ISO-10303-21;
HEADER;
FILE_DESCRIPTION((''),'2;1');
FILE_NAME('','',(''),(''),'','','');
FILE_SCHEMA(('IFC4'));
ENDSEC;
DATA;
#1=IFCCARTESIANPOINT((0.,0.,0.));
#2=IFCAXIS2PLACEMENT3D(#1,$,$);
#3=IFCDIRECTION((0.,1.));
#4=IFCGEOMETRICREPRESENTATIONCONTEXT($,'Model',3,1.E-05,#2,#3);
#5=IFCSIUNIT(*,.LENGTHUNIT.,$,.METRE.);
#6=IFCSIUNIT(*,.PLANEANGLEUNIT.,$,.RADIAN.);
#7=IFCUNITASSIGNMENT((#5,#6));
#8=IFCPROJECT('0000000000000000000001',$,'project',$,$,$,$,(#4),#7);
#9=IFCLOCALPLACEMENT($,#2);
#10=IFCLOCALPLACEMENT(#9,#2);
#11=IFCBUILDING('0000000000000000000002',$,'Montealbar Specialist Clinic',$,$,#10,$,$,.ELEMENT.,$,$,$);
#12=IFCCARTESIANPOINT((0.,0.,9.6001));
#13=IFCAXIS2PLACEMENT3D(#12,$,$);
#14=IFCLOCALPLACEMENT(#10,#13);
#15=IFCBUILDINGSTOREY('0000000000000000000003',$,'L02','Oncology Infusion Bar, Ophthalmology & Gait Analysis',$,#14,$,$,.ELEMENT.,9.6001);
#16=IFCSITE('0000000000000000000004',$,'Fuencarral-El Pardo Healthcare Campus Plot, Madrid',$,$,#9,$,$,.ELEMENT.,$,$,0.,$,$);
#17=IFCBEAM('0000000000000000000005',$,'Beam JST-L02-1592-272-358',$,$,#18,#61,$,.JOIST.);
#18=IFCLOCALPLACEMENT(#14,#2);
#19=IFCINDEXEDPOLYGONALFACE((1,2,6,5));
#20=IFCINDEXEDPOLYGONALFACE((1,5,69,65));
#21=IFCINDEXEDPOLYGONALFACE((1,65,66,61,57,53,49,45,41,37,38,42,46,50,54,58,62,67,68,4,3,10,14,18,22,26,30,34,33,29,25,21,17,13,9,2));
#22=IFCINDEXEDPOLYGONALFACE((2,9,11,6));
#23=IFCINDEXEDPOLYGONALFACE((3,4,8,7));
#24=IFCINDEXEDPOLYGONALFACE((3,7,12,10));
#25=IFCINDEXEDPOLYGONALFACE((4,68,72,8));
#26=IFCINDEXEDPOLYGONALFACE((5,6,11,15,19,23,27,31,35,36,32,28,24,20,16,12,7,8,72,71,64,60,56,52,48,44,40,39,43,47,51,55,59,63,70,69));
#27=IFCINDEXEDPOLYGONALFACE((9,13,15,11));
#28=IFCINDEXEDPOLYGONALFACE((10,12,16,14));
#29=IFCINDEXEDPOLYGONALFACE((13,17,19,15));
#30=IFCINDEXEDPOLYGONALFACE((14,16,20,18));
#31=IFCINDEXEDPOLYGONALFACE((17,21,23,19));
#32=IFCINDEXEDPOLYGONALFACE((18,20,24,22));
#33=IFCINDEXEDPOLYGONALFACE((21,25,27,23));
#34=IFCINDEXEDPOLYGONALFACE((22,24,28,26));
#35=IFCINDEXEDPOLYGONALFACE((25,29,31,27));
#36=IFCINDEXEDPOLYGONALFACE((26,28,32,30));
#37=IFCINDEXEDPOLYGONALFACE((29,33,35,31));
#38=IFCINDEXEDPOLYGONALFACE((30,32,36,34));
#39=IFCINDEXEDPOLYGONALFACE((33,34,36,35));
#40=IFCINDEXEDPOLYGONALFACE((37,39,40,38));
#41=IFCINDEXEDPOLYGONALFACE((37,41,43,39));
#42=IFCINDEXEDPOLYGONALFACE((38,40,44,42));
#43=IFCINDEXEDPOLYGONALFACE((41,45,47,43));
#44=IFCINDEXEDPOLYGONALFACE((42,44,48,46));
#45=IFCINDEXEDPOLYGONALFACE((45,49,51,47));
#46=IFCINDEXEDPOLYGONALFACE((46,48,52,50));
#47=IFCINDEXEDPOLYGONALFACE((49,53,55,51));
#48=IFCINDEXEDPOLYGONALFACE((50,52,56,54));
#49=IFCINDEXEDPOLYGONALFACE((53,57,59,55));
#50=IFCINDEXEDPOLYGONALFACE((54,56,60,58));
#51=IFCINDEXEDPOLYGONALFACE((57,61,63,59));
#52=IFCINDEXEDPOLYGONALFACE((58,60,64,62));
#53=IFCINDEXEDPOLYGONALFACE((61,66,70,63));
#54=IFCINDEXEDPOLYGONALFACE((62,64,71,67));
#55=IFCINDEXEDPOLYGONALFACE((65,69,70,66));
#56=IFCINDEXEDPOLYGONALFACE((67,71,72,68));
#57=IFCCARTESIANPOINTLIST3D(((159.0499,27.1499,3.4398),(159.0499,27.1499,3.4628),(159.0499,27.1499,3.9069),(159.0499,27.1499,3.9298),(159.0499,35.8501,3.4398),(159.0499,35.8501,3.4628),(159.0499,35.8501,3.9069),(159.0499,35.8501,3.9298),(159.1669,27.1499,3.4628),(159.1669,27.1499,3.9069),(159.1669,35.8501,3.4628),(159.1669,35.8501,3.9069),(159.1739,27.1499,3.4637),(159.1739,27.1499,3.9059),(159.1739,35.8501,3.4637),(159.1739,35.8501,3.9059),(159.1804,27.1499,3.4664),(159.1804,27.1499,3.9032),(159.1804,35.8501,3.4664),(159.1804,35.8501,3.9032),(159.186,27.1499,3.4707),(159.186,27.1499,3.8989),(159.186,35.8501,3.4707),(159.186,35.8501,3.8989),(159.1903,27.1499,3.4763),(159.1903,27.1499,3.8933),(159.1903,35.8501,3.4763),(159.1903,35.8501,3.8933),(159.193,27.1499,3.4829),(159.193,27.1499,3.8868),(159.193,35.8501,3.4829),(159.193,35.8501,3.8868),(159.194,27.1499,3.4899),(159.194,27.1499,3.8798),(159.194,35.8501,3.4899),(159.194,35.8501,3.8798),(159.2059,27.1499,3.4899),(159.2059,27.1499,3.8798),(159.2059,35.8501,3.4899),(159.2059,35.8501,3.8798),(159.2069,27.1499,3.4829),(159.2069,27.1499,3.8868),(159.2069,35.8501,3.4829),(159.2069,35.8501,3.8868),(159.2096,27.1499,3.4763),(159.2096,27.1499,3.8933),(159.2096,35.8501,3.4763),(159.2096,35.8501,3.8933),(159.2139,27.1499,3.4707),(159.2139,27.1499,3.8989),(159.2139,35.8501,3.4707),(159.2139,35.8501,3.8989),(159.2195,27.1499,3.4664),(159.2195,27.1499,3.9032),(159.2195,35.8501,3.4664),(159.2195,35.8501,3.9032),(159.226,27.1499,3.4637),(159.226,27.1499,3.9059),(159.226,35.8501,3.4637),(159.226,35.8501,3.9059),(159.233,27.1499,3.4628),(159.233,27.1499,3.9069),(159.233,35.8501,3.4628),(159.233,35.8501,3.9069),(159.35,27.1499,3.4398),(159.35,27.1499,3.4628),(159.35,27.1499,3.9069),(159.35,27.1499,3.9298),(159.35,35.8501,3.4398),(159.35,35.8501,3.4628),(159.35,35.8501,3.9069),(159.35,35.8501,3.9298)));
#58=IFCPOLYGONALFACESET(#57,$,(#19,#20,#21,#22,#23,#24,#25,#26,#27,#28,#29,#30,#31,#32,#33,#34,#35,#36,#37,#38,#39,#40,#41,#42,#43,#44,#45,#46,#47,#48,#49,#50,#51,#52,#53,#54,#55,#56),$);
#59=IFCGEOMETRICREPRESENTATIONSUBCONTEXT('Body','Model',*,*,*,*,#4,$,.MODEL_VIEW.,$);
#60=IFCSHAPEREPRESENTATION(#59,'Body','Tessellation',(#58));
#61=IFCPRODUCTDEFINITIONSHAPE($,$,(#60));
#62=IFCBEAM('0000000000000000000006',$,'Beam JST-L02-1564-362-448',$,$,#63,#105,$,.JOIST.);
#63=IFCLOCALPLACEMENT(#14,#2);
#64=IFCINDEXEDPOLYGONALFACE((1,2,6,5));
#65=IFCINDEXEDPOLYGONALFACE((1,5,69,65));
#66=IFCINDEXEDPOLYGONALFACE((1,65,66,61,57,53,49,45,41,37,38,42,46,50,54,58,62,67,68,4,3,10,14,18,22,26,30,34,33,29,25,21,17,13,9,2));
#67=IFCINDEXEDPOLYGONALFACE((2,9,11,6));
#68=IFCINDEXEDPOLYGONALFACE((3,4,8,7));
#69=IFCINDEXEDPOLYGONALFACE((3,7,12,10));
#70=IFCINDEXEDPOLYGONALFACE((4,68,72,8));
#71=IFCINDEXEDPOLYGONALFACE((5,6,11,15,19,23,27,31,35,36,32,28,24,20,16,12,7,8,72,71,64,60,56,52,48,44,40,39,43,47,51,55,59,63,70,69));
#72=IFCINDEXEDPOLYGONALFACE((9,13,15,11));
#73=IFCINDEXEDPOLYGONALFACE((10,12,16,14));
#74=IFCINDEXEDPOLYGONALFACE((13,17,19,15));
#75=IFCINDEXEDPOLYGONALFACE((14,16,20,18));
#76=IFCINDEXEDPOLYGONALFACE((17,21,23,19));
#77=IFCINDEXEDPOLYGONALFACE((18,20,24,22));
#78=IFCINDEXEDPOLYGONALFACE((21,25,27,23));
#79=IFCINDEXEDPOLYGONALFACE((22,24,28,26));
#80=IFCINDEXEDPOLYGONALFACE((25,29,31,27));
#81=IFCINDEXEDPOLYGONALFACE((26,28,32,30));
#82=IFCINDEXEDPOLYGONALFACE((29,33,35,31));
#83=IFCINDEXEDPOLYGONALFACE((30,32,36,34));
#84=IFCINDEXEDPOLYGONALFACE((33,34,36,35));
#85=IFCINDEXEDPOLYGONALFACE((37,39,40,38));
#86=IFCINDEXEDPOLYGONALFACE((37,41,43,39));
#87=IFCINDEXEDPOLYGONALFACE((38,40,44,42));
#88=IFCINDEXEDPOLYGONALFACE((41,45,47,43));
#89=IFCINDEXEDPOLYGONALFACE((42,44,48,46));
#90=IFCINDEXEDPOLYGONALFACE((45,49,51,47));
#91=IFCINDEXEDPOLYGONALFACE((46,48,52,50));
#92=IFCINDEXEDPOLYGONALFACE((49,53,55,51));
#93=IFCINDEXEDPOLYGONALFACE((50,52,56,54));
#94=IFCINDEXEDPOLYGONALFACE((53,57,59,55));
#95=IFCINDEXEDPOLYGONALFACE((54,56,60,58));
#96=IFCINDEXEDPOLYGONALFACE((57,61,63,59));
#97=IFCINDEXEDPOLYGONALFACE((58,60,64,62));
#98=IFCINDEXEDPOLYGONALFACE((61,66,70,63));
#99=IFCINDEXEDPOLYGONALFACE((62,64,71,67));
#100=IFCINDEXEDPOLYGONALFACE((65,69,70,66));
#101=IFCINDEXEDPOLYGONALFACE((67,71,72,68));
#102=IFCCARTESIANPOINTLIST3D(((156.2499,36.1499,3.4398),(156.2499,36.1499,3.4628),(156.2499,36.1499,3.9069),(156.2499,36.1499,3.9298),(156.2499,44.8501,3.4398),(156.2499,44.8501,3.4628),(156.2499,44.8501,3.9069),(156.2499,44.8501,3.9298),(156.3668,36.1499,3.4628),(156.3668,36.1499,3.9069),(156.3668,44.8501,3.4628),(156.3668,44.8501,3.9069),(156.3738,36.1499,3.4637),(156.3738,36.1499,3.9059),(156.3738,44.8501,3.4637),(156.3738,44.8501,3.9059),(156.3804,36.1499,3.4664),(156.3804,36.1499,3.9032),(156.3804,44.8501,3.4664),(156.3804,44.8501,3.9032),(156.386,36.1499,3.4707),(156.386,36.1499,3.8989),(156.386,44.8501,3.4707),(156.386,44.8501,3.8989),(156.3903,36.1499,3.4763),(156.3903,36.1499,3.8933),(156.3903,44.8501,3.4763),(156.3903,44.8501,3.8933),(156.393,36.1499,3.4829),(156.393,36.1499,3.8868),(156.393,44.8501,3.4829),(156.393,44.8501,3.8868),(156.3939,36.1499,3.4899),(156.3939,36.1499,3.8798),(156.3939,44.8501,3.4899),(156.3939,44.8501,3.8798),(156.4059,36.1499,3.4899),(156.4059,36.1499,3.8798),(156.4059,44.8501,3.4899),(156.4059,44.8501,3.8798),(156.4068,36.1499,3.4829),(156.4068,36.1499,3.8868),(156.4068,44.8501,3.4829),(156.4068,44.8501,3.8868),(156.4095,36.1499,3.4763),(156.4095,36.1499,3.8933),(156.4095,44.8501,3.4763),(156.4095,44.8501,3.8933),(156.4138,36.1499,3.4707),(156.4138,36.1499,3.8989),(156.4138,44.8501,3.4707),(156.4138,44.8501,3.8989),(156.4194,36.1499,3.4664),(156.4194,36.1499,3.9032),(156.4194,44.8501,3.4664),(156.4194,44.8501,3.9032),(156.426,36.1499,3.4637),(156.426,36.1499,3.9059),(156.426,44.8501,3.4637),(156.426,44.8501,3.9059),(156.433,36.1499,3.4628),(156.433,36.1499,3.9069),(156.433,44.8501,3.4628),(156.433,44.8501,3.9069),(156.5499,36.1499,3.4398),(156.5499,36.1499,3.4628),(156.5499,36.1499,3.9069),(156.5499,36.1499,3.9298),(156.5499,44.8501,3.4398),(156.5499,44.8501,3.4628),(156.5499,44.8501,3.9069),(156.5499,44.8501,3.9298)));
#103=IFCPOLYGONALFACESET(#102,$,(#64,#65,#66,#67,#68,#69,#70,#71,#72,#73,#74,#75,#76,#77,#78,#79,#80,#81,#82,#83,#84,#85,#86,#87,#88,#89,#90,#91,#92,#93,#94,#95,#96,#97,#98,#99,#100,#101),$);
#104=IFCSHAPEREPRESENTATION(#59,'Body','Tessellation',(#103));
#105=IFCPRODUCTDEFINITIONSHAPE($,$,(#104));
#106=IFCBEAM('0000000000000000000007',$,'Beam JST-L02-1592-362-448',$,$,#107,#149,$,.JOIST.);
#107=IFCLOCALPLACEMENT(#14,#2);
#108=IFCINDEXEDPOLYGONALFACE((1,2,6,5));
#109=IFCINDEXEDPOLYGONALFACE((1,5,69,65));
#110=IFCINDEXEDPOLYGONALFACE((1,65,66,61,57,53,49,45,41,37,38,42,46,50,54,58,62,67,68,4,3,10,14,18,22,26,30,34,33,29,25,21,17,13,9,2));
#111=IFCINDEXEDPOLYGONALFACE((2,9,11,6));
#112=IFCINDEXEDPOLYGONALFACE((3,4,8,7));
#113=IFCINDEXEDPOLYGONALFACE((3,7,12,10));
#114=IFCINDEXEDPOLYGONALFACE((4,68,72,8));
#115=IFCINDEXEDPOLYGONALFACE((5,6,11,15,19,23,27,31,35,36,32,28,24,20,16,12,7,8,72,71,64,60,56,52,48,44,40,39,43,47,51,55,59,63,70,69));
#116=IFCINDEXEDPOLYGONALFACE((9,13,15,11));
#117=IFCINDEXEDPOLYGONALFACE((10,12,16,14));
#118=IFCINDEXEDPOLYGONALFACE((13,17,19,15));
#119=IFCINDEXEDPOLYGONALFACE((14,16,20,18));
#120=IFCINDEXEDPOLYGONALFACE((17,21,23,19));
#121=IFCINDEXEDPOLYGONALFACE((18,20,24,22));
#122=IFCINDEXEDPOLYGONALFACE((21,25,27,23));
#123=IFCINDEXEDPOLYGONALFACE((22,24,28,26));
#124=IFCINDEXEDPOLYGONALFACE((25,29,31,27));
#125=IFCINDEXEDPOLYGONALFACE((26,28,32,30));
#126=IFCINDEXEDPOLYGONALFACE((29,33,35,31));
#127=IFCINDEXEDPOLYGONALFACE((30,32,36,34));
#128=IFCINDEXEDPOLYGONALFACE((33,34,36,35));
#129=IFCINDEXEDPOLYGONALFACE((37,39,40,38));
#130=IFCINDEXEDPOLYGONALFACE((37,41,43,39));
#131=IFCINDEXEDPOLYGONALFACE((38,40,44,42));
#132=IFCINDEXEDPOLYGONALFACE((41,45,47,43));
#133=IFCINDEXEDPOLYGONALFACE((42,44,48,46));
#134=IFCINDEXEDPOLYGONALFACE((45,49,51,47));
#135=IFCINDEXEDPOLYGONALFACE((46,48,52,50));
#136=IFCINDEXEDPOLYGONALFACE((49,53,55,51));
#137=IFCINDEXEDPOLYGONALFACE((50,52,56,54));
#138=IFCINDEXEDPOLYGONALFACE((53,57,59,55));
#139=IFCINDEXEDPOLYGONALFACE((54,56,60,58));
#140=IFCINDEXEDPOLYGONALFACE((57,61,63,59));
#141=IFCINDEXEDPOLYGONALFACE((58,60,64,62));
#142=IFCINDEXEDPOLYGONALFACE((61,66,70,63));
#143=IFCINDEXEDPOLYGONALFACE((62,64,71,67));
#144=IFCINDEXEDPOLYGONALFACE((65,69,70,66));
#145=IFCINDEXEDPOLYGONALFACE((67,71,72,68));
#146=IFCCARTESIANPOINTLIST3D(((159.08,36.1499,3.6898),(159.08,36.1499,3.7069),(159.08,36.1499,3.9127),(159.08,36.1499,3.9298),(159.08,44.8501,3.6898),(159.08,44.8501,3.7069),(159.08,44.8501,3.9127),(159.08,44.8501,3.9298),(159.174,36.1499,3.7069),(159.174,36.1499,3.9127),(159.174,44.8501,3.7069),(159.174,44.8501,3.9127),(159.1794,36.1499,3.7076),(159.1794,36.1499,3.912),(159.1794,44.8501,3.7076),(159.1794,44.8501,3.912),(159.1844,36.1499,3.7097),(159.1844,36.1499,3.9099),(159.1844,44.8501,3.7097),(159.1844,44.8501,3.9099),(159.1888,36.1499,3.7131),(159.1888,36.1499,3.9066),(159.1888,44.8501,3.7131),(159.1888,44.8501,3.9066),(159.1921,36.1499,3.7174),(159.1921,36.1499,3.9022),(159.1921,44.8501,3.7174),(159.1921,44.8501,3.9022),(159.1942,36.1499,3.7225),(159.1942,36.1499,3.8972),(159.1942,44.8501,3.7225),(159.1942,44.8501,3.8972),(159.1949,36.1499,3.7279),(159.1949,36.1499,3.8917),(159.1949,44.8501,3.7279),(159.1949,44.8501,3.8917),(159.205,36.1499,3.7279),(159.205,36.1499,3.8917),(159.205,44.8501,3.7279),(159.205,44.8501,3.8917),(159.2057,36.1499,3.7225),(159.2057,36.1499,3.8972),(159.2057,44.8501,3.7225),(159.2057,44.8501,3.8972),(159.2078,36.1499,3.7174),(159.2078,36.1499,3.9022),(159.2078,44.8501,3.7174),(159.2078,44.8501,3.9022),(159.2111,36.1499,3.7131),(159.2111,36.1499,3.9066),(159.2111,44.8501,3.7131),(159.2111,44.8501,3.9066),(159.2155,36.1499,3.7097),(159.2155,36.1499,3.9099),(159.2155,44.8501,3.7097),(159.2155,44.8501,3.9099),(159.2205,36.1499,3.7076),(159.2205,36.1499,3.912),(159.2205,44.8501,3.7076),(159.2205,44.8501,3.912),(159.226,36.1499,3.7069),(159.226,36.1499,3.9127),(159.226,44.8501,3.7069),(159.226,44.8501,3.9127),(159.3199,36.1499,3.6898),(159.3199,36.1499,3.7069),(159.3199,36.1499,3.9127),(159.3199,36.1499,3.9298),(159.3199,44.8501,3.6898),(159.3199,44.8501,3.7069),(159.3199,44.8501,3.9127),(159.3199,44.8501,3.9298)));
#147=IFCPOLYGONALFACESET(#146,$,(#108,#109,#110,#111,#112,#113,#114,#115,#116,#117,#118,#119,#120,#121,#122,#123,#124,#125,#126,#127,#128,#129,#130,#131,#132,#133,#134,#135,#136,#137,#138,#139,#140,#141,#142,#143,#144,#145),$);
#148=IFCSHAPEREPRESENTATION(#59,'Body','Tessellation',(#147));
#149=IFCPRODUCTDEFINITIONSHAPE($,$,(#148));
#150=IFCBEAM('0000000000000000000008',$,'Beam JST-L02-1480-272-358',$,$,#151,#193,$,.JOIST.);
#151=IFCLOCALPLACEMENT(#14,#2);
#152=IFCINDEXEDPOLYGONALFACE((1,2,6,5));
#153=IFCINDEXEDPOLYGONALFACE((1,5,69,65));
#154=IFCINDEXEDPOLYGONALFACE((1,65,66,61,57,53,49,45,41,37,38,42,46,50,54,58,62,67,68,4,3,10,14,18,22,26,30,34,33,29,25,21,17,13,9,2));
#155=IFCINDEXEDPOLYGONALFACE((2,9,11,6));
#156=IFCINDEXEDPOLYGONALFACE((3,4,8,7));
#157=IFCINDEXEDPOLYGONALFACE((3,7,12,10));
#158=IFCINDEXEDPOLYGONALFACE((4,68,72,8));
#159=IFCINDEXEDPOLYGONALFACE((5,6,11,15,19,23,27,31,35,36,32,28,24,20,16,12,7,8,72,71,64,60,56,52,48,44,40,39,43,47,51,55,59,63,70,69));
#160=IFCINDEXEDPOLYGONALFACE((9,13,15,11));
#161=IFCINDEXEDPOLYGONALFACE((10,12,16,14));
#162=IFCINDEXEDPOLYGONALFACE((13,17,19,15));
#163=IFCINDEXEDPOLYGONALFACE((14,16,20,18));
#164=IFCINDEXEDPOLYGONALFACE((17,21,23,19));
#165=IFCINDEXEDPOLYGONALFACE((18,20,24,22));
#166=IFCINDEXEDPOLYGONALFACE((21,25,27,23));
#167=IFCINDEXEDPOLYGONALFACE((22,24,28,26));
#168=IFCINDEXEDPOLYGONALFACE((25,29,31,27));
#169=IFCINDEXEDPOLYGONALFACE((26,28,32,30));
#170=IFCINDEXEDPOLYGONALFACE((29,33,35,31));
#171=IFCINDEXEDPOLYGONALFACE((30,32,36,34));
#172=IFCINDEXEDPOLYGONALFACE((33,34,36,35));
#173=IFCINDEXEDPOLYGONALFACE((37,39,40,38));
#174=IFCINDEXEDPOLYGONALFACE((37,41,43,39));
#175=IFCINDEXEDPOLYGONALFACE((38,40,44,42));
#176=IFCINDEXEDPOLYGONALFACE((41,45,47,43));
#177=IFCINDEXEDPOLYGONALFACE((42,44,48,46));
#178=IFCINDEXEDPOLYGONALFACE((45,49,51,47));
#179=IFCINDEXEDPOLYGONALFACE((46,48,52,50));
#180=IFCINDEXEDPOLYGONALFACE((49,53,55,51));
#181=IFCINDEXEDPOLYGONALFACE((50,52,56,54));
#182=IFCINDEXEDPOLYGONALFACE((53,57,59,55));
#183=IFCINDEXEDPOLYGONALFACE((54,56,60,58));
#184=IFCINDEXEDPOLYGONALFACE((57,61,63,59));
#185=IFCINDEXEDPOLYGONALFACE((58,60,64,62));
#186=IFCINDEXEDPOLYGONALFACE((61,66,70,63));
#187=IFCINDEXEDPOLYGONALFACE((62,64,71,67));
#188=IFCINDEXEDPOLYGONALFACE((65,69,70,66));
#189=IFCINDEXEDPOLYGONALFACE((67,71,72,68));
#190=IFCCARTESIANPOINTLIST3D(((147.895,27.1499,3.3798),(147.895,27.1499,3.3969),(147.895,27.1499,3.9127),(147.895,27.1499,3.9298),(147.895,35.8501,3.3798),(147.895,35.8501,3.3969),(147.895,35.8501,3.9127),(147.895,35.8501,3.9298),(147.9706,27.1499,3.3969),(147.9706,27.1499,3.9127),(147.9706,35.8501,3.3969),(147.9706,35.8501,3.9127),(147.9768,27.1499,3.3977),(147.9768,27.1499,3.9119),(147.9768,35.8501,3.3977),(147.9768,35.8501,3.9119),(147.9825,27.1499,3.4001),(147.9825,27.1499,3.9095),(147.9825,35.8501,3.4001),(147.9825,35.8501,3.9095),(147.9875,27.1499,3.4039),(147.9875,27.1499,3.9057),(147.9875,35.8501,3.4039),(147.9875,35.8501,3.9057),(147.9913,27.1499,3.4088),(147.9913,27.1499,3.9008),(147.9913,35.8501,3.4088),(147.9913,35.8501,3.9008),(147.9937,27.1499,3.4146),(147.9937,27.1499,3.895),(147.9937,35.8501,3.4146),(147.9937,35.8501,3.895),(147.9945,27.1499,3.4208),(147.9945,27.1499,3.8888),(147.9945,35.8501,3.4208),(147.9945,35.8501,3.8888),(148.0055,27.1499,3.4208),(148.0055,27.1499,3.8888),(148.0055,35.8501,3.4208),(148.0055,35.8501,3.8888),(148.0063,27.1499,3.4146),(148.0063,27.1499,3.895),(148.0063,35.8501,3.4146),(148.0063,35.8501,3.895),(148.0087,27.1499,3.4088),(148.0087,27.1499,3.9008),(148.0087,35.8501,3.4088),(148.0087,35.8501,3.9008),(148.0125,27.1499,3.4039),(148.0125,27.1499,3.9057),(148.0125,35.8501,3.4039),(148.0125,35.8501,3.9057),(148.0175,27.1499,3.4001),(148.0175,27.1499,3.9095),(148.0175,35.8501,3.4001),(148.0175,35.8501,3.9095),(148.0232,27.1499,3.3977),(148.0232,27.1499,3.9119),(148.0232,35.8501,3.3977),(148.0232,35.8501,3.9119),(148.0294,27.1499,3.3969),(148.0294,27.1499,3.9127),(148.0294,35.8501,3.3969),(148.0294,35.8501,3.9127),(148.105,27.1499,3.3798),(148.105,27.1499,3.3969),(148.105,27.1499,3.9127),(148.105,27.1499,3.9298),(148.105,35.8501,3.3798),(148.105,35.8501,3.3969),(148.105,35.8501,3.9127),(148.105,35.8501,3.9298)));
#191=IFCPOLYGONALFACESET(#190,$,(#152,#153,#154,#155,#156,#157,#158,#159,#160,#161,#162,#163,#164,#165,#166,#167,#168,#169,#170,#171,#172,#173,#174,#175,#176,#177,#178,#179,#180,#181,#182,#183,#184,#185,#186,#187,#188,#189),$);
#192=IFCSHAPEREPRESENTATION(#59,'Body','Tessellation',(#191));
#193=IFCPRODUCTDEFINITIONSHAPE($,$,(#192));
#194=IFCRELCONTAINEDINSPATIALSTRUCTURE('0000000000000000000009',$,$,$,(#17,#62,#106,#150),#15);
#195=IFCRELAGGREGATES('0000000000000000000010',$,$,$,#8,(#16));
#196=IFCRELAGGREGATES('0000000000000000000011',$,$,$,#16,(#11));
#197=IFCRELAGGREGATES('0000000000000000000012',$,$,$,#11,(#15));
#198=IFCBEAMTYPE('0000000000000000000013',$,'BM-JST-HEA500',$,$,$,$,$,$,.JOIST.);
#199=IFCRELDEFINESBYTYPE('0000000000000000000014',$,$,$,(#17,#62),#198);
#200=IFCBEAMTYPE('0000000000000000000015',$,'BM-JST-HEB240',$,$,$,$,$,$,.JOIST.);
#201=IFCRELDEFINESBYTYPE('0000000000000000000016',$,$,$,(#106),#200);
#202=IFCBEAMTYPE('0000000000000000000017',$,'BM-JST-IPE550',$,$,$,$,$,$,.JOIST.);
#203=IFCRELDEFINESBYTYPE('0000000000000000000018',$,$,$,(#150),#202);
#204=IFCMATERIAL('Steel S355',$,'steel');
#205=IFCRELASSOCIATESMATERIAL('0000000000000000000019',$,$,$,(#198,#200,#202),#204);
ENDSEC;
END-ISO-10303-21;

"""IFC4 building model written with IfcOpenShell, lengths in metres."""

from ifc_helpers import new_model, si_unit, direction, frame, origin, origin_2d, place, context, subcontext, project, spatial, i_section, extrude, material, material_profile, profile_set, type_object, element, save


model = new_model("IFC4")

# Units and contexts
model_context = context("Model", 3, precision=1e-05, world=origin(), true_north=direction((0.0, 1.0)))
body_context = subcontext(model_context, "Body", "Model", "MODEL_VIEW")
ifc_project = project(units=[si_unit("LENGTHUNIT", "METRE"), si_unit("PLANEANGLEUNIT", "RADIAN")], contexts=[model_context])

# Site, building, storey
site_placement = place(None, origin())
site = spatial("IfcSite", under=ifc_project, at=site_placement, Name="Fuencarral-El Pardo Healthcare Campus Plot, Madrid", CompositionType="ELEMENT", RefElevation=0.0)
building_placement = place(site_placement, origin())
building = spatial("IfcBuilding", under=site, at=building_placement, Name="Montealbar Specialist Clinic", CompositionType="ELEMENT")
storey_placement = place(building_placement, frame((0.0, 0.0, 9.6001)))
storey = spatial("IfcBuildingStorey", under=building, at=storey_placement, Name="L02", Description="Oncology Infusion Bar, Ophthalmology & Gait Analysis", CompositionType="ELEMENT", Elevation=9.6001)

# Shared definitions
ifc_material_1 = material(Name="Steel S355", Category="steel")

# Beams
ifc_material_profile_1 = material_profile(ifc_material_1, i_section(OverallWidth=0.3, OverallDepth=0.49, WebThickness=0.012, FlangeThickness=0.0229, FilletRadius=0.0271, at=origin_2d()), Name="HEA 500", Category="steel")
ifc_profile_set_1 = profile_set([ifc_material_profile_1], Name="Steel S355")
beam_type_1 = type_object("IfcBeamType", Name="BM-JST-HEA500", PredefinedType="JOIST", material=ifc_profile_set_1)
for number, where, z_axis, x_axis, name in (
    (1, (159.2, 27.1499, 3.6848), (0.0, 1.0, 0.0), (-1.0, 0.0, 0.0), "Beam JST-L02-1592-272-358"),
    (2, (156.3999, 36.1499, 3.6848), (0.0, 1.0, 0.0), (-1.0, 0.0, 0.0), "Beam JST-L02-1564-362-448"),
):
    element("IfcBeam", number, at=place(storey_placement, frame(where, z_axis=z_axis, x_axis=x_axis)), inside=storey, type_object=beam_type_1, Name=name, PredefinedType="JOIST", context=body_context, shape_type="SweptSolid", body=[
        extrude(i_section(OverallWidth=0.3, OverallDepth=0.49, WebThickness=0.012, FlangeThickness=0.0229, FilletRadius=0.0271, at=origin_2d()), origin(), (0.0, 0.0, 1.0), 8.7002),
    ])
ifc_material_profile_2 = material_profile(ifc_material_1, i_section(OverallWidth=0.24, OverallDepth=0.24, WebThickness=0.01, FlangeThickness=0.0171, FilletRadius=0.021, at=origin_2d()), Name="HEB 240", Category="steel")
ifc_profile_set_2 = profile_set([ifc_material_profile_2], Name="Steel S355")
beam_type_2 = type_object("IfcBeamType", Name="BM-JST-HEB240", PredefinedType="JOIST", material=ifc_profile_set_2)
beam_1_placement = place(storey_placement, frame((159.2, 36.1499, 3.8098), z_axis=(0.0, 1.0, 0.0), x_axis=(-1.0, 0.0, 0.0)))
element("IfcBeam", 3, at=beam_1_placement, inside=storey, type_object=beam_type_2, Name="Beam JST-L02-1592-362-448", PredefinedType="JOIST", context=body_context, shape_type="SweptSolid", body=[
    extrude(i_section(OverallWidth=0.24, OverallDepth=0.24, WebThickness=0.01, FlangeThickness=0.0171, FilletRadius=0.021, at=origin_2d()), origin(), (0.0, 0.0, 1.0), 8.7002),
])
ifc_material_profile_3 = material_profile(ifc_material_1, i_section(OverallWidth=0.21, OverallDepth=0.55, WebThickness=0.011, FlangeThickness=0.0171, FilletRadius=0.0239, at=origin_2d()), Name="IPE 550", Category="steel")
ifc_profile_set_3 = profile_set([ifc_material_profile_3], Name="Steel S355")
beam_type_3 = type_object("IfcBeamType", Name="BM-JST-IPE550", PredefinedType="JOIST", material=ifc_profile_set_3)
beam_2_placement = place(storey_placement, frame((148.0, 27.1499, 3.6548), z_axis=(0.0, 1.0, 0.0), x_axis=(-1.0, 0.0, 0.0)))
element("IfcBeam", 4, at=beam_2_placement, inside=storey, type_object=beam_type_3, Name="Beam JST-L02-1480-272-358", PredefinedType="JOIST", context=body_context, shape_type="SweptSolid", body=[
    extrude(i_section(OverallWidth=0.21, OverallDepth=0.55, WebThickness=0.011, FlangeThickness=0.0171, FilletRadius=0.0239, at=origin_2d()), origin(), (0.0, 0.0, 1.0), 8.7002),
])

save(model, "model.ifc")
